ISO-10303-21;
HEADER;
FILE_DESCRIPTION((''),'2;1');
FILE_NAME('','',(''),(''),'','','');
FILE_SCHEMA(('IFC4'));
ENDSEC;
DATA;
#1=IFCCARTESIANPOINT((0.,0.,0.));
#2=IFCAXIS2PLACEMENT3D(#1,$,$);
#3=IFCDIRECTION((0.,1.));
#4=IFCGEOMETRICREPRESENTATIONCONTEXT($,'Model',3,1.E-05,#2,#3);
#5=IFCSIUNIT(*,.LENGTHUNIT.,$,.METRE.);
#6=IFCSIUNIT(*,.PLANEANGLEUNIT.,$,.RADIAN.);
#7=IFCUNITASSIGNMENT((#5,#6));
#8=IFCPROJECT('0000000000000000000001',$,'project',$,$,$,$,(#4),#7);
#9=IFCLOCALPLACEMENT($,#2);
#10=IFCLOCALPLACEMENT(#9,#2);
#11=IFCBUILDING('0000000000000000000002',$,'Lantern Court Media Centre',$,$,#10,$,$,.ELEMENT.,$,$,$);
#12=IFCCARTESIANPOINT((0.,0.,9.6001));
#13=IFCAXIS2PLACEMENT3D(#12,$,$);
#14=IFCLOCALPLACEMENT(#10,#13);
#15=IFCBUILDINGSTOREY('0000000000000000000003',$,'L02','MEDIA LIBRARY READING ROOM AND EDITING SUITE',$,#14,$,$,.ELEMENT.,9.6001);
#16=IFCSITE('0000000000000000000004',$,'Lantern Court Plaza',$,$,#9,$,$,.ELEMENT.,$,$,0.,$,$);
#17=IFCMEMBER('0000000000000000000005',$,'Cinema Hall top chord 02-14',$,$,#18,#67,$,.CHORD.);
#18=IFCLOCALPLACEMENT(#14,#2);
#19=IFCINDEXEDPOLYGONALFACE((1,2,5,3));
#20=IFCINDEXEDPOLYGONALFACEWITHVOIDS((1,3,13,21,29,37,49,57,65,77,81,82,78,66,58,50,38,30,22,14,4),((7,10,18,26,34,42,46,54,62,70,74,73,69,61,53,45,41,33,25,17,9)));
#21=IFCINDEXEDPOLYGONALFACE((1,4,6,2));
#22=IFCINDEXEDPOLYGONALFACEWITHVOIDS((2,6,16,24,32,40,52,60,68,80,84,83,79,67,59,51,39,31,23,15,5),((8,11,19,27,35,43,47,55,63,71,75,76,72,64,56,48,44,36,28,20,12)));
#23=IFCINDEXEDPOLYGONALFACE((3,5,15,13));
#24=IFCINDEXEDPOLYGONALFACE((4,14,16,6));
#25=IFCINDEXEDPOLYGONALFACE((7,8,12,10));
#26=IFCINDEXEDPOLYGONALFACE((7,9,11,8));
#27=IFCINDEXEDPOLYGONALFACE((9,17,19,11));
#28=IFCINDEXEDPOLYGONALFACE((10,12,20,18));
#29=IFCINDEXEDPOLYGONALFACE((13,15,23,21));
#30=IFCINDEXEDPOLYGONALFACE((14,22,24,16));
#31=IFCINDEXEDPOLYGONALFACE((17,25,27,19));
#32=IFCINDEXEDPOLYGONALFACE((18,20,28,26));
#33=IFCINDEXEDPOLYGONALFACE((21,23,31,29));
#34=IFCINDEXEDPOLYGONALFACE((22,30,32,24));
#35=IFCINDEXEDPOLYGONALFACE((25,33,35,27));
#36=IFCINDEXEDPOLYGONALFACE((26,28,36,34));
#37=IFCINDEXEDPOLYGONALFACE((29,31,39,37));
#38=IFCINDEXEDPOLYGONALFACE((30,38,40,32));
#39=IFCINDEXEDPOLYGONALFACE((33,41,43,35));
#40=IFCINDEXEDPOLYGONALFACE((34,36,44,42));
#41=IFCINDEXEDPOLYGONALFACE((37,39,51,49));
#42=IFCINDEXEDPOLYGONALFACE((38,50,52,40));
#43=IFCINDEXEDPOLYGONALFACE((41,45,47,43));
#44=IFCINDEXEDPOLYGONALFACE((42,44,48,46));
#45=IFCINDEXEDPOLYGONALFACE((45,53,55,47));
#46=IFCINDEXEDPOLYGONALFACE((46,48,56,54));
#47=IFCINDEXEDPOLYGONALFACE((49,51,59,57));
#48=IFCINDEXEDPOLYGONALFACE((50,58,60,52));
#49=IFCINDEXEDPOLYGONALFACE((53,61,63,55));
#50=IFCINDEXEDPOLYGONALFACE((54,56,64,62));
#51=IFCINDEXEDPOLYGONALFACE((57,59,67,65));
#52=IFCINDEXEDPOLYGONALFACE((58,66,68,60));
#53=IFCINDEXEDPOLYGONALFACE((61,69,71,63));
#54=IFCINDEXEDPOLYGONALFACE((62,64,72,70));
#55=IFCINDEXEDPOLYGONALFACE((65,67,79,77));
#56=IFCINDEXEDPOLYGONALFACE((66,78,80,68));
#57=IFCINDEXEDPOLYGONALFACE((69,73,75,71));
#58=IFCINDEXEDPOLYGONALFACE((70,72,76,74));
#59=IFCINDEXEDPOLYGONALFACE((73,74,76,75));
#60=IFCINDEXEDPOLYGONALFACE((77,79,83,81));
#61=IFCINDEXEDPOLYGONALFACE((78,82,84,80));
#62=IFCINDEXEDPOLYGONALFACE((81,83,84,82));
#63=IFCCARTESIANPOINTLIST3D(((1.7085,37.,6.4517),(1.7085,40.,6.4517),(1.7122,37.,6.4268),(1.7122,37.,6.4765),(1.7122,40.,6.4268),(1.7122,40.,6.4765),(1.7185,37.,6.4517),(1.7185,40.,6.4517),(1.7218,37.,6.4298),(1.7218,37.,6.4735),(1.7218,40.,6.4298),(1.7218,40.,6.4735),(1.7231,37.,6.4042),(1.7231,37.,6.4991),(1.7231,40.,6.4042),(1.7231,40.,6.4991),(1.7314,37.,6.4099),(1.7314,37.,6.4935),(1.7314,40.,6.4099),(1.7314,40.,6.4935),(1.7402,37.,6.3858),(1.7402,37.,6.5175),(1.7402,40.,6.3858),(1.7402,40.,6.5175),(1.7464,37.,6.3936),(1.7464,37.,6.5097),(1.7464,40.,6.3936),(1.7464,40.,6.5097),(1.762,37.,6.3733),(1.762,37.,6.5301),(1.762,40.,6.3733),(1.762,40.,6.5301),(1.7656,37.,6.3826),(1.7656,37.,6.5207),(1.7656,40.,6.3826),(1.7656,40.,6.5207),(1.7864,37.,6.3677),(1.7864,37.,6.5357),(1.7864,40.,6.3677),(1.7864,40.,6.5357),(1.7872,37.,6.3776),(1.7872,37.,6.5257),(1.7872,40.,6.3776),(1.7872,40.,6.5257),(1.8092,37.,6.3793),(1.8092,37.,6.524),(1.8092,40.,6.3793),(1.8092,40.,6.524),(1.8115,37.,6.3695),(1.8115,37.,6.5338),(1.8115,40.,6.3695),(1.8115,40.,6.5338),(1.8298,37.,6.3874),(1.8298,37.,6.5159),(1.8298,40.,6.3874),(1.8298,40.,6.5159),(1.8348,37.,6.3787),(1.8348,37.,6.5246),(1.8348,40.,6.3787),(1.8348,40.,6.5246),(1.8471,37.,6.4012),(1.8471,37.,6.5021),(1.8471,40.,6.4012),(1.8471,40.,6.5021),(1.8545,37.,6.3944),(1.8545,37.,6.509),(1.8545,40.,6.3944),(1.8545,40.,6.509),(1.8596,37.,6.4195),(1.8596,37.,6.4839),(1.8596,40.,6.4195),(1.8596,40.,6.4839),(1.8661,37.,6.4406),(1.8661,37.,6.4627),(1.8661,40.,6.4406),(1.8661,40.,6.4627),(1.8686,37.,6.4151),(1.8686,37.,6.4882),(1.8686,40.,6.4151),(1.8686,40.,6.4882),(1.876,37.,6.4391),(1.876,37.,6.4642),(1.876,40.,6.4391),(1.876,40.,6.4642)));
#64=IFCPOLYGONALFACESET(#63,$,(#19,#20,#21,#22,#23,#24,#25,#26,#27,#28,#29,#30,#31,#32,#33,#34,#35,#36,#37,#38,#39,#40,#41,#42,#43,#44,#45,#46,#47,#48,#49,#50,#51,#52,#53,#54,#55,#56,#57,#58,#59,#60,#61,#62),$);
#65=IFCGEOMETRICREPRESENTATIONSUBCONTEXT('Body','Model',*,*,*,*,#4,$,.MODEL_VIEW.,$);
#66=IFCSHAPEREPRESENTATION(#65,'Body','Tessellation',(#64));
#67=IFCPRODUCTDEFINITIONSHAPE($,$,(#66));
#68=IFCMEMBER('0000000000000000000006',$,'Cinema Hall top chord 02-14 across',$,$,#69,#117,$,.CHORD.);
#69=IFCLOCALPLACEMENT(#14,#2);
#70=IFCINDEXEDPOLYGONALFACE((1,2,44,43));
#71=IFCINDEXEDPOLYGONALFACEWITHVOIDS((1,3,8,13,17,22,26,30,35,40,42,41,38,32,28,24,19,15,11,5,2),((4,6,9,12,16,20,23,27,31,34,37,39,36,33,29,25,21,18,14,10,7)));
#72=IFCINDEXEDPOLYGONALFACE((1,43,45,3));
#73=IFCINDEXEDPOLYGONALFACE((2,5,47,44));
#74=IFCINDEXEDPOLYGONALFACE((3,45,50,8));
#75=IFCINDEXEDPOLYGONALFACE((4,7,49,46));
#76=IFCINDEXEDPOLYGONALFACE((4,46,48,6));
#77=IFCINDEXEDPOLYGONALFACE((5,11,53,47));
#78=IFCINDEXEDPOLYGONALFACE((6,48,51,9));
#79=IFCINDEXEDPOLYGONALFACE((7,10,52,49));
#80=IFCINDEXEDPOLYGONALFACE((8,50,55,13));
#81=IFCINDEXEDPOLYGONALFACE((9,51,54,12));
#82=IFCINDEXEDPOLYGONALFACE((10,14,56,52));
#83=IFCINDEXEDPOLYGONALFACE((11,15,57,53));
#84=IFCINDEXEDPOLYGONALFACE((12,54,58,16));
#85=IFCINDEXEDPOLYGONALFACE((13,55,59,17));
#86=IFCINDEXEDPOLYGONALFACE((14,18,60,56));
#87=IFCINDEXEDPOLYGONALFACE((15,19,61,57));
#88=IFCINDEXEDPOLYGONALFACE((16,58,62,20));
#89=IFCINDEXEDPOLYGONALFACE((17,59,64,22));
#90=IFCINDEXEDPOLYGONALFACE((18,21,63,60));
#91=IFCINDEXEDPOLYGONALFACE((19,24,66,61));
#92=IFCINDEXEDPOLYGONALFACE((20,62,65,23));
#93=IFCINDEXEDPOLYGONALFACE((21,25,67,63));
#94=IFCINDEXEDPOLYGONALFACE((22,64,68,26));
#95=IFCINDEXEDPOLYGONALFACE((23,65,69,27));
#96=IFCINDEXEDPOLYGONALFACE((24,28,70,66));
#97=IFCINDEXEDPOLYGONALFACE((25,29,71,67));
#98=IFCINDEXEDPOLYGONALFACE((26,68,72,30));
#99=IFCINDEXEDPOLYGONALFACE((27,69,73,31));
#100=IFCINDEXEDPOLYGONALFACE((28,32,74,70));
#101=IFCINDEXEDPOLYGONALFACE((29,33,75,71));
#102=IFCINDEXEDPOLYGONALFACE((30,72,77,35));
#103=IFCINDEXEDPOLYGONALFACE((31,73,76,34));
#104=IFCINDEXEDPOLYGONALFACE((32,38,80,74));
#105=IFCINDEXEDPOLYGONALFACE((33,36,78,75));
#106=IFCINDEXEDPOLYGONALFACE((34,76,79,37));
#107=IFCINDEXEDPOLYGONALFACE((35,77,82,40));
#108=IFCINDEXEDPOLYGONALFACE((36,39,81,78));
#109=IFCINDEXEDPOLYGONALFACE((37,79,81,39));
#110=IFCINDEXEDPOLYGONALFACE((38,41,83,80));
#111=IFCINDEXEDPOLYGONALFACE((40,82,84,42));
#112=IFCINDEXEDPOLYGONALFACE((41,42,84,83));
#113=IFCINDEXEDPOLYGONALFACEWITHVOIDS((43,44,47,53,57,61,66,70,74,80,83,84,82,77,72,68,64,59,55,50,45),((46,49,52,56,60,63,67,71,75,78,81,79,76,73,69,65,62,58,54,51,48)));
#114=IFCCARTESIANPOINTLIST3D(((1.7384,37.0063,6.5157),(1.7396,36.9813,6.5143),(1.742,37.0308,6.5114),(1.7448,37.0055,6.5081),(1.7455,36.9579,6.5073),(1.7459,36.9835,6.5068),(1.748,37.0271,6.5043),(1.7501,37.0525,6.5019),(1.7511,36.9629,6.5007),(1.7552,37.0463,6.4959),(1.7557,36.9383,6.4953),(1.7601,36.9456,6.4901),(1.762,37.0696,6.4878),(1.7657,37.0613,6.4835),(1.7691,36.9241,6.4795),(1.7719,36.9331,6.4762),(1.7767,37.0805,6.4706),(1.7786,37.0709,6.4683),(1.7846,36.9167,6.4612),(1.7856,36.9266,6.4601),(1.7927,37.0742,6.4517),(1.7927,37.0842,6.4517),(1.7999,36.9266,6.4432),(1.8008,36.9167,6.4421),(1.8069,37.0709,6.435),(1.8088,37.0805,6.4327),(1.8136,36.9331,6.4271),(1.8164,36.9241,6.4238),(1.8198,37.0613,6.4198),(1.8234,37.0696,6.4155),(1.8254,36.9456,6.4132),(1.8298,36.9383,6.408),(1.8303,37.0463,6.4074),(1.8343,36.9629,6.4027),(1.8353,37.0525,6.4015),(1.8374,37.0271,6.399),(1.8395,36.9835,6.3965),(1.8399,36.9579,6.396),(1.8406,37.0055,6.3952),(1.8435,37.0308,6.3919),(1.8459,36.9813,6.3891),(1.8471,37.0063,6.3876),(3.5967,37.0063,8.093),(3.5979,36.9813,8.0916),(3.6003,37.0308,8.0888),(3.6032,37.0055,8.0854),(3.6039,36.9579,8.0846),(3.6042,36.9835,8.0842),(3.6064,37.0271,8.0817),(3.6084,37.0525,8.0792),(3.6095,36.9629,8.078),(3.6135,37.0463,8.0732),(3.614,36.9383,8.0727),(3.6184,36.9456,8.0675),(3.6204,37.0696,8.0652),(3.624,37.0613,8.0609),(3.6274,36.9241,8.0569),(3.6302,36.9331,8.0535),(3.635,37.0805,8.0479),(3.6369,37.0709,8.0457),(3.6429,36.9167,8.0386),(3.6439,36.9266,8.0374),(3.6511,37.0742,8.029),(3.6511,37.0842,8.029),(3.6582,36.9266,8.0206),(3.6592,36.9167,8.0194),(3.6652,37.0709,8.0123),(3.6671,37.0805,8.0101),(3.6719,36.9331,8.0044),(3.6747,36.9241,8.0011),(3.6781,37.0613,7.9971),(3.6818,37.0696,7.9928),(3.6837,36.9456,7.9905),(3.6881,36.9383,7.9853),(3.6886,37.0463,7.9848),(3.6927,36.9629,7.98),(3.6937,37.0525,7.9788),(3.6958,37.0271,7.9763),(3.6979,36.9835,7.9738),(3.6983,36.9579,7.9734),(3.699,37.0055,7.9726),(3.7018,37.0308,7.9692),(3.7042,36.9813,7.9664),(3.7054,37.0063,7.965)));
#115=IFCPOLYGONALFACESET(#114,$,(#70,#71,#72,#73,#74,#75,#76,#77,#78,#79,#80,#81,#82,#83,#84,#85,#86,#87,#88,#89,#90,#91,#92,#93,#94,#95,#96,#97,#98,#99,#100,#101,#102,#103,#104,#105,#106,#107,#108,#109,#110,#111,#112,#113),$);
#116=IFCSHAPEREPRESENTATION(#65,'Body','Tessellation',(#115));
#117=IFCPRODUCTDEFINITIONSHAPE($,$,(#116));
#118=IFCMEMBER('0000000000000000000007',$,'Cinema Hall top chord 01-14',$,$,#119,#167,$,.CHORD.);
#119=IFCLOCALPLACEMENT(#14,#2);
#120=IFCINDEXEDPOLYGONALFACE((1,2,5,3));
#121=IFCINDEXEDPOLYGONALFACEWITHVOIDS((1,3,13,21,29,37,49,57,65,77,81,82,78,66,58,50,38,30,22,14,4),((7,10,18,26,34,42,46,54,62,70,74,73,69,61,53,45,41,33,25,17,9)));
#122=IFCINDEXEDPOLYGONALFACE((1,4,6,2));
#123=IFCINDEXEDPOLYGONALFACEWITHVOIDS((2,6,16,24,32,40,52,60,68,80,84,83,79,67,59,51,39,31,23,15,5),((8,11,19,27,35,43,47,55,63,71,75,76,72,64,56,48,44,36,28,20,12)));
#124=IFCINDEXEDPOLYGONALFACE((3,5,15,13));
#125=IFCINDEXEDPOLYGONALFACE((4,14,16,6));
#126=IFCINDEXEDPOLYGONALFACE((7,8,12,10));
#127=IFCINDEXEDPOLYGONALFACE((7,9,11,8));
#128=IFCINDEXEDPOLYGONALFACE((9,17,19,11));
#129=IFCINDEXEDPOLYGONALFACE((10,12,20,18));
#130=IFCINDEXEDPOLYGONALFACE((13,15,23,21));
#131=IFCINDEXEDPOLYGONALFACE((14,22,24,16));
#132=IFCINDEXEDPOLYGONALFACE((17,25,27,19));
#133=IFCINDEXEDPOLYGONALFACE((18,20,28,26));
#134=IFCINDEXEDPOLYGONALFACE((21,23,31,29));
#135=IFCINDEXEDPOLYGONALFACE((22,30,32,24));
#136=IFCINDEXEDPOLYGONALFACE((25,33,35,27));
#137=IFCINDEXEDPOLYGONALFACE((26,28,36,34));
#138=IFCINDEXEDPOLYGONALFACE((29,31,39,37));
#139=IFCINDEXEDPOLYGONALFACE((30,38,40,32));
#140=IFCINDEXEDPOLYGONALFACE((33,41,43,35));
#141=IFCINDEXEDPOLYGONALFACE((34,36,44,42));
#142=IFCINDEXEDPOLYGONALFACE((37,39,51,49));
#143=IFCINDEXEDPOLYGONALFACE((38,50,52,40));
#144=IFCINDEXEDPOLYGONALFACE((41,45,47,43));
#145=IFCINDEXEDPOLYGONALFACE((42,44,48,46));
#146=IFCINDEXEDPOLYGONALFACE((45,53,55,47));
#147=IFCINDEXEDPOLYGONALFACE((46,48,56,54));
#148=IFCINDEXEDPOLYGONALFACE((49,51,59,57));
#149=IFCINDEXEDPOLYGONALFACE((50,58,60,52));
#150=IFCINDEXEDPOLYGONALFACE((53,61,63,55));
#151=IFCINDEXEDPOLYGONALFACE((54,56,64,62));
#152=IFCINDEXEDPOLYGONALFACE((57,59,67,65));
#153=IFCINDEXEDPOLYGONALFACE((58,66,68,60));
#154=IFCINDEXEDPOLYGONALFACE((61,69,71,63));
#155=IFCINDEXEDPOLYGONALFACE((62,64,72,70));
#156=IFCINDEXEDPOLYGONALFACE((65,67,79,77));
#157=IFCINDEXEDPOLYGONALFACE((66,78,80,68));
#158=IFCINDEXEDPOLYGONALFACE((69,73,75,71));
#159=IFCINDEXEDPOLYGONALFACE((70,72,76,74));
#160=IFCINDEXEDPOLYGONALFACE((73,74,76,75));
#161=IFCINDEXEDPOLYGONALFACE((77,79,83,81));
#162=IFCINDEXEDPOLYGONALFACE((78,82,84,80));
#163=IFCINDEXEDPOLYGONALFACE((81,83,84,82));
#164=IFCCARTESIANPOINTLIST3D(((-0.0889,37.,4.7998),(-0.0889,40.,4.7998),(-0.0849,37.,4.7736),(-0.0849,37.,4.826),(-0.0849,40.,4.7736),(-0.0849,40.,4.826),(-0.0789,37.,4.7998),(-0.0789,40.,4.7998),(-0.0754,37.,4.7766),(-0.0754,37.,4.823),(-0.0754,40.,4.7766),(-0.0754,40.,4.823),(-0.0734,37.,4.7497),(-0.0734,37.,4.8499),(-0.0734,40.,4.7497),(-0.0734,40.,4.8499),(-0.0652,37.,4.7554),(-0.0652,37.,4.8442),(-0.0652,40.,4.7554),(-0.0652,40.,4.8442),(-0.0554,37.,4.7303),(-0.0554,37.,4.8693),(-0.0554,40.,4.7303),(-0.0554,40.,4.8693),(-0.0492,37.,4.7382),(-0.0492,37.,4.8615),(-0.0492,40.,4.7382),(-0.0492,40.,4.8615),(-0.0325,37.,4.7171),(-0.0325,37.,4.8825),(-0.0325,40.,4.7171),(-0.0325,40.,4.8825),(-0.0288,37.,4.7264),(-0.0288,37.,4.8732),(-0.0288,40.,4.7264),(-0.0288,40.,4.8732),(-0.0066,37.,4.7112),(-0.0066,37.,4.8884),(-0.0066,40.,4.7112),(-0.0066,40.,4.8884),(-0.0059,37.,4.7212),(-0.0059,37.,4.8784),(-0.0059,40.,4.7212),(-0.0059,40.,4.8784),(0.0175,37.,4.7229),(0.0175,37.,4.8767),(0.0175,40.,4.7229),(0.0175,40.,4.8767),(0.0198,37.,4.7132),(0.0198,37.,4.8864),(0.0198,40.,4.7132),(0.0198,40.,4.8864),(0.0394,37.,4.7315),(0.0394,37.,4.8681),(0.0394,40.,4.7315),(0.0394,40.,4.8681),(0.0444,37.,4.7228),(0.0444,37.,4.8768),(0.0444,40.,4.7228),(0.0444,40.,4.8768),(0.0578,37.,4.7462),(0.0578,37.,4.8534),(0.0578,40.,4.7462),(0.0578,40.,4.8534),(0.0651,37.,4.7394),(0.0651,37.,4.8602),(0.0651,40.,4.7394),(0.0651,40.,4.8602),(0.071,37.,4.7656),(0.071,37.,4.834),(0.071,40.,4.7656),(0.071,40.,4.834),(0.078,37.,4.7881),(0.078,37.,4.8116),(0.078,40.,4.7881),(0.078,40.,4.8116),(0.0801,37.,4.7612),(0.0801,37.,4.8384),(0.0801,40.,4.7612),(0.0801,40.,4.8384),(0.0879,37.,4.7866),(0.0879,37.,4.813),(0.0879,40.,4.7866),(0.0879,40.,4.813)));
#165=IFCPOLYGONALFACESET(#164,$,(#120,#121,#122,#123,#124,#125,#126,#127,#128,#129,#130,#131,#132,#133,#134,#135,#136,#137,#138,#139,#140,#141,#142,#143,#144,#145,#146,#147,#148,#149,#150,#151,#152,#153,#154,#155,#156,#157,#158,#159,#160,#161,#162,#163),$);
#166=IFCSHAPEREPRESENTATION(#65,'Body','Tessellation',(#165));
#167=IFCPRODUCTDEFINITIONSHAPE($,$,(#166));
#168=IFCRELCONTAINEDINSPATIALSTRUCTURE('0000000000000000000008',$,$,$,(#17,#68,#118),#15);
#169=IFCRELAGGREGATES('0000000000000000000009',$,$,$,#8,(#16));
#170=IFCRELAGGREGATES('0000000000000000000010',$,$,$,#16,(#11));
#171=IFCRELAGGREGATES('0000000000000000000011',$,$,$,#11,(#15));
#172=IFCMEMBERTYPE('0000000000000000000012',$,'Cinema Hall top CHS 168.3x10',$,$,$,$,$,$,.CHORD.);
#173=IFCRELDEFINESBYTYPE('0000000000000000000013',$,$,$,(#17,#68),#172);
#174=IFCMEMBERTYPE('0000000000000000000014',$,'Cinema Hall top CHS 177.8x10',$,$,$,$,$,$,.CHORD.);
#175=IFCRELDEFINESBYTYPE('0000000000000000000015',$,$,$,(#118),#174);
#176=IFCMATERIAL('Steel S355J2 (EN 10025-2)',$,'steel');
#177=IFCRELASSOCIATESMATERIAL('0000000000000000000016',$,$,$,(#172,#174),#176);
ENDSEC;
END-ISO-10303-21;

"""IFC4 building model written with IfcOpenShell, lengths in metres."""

from ifc_helpers import new_model, si_unit, direction, frame, origin, origin_2d, place, context, subcontext, project, spatial, hollow_circle, extrude, material, material_profile, profile_set, type_object, element, save


model = new_model("IFC4")

# Units and contexts
model_context = context("Model", 3, precision=1e-05, world=origin(), true_north=direction((0.0, 1.0)))
body_context = subcontext(model_context, "Body", "Model", "MODEL_VIEW")
ifc_project = project(units=[si_unit("LENGTHUNIT", "METRE"), si_unit("PLANEANGLEUNIT", "RADIAN")], contexts=[model_context])

# Site, building, storey
site_placement = place(None, origin())
site = spatial("IfcSite", under=ifc_project, at=site_placement, Name="Lantern Court Plaza", CompositionType="ELEMENT", RefElevation=0.0)
building_placement = place(site_placement, origin())
building = spatial("IfcBuilding", under=site, at=building_placement, Name="Lantern Court Media Centre", CompositionType="ELEMENT")
storey_placement = place(building_placement, frame((0.0, 0.0, 9.6001)))
storey = spatial("IfcBuildingStorey", under=building, at=storey_placement, Name="L02", Description="MEDIA LIBRARY READING ROOM AND EDITING SUITE", CompositionType="ELEMENT", Elevation=9.6001)

# Members
ifc_material_1 = material(Name="Steel S355J2 (EN 10025-2)", Category="steel")
ifc_material_profile_1 = material_profile(ifc_material_1, hollow_circle(Radius=0.0842, WallThickness=0.01, at=origin_2d()), Name="Cinema Hall top CHS 168.3x10")
ifc_profile_set_1 = profile_set([ifc_material_profile_1], Name="Steel S355J2 (EN 10025-2)")
member_type_1 = type_object("IfcMemberType", Name="Cinema Hall top CHS 168.3x10", PredefinedType="CHORD", material=ifc_profile_set_1)
member_1_placement = place(storey_placement, frame((1.7927, 37.0, 6.4517), z_axis=(0.0, 1.0, 0.0), x_axis=(-1.0, 0.0, 0.0)))
element("IfcMember", 1, at=member_1_placement, inside=storey, type_object=member_type_1, Name="Cinema Hall top chord 02-14", PredefinedType="CHORD", context=body_context, shape_type="SweptSolid", body=[
    extrude(hollow_circle(Radius=0.0842, WallThickness=0.01, at=origin_2d()), origin(), (0.0, 0.0, 1.0), 3.0),
])
member_2_placement = place(storey_placement, frame((1.7927, 37.0, 6.4517), z_axis=(0.762394, 0.0, 0.647113), x_axis=(0.0, 1.0, 0.0)))
element("IfcMember", 2, at=member_2_placement, inside=storey, type_object=member_type_1, Name="Cinema Hall top chord 02-14 across", PredefinedType="CHORD", context=body_context, shape_type="SweptSolid", body=[
    extrude(hollow_circle(Radius=0.0842, WallThickness=0.01, at=origin_2d()), origin(), (0.0, 0.0, 1.0), 2.4375),
])
ifc_material_profile_2 = material_profile(ifc_material_1, hollow_circle(Radius=0.0889, WallThickness=0.01, at=origin_2d()), Name="Cinema Hall top CHS 177.8x10")
ifc_profile_set_2 = profile_set([ifc_material_profile_2], Name="Steel S355J2 (EN 10025-2)")
member_type_2 = type_object("IfcMemberType", Name="Cinema Hall top CHS 177.8x10", PredefinedType="CHORD", material=ifc_profile_set_2)
member_3_placement = place(storey_placement, frame((0.0, 37.0, 4.7998), z_axis=(0.0, 1.0, 0.0), x_axis=(-1.0, 0.0, 0.0)))
element("IfcMember", 3, at=member_3_placement, inside=storey, type_object=member_type_2, Name="Cinema Hall top chord 01-14", PredefinedType="CHORD", context=body_context, shape_type="SweptSolid", body=[
    extrude(hollow_circle(Radius=0.0889, WallThickness=0.01, at=origin_2d()), origin(), (0.0, 0.0, 1.0), 3.0),
])

save(model, "model.ifc")
